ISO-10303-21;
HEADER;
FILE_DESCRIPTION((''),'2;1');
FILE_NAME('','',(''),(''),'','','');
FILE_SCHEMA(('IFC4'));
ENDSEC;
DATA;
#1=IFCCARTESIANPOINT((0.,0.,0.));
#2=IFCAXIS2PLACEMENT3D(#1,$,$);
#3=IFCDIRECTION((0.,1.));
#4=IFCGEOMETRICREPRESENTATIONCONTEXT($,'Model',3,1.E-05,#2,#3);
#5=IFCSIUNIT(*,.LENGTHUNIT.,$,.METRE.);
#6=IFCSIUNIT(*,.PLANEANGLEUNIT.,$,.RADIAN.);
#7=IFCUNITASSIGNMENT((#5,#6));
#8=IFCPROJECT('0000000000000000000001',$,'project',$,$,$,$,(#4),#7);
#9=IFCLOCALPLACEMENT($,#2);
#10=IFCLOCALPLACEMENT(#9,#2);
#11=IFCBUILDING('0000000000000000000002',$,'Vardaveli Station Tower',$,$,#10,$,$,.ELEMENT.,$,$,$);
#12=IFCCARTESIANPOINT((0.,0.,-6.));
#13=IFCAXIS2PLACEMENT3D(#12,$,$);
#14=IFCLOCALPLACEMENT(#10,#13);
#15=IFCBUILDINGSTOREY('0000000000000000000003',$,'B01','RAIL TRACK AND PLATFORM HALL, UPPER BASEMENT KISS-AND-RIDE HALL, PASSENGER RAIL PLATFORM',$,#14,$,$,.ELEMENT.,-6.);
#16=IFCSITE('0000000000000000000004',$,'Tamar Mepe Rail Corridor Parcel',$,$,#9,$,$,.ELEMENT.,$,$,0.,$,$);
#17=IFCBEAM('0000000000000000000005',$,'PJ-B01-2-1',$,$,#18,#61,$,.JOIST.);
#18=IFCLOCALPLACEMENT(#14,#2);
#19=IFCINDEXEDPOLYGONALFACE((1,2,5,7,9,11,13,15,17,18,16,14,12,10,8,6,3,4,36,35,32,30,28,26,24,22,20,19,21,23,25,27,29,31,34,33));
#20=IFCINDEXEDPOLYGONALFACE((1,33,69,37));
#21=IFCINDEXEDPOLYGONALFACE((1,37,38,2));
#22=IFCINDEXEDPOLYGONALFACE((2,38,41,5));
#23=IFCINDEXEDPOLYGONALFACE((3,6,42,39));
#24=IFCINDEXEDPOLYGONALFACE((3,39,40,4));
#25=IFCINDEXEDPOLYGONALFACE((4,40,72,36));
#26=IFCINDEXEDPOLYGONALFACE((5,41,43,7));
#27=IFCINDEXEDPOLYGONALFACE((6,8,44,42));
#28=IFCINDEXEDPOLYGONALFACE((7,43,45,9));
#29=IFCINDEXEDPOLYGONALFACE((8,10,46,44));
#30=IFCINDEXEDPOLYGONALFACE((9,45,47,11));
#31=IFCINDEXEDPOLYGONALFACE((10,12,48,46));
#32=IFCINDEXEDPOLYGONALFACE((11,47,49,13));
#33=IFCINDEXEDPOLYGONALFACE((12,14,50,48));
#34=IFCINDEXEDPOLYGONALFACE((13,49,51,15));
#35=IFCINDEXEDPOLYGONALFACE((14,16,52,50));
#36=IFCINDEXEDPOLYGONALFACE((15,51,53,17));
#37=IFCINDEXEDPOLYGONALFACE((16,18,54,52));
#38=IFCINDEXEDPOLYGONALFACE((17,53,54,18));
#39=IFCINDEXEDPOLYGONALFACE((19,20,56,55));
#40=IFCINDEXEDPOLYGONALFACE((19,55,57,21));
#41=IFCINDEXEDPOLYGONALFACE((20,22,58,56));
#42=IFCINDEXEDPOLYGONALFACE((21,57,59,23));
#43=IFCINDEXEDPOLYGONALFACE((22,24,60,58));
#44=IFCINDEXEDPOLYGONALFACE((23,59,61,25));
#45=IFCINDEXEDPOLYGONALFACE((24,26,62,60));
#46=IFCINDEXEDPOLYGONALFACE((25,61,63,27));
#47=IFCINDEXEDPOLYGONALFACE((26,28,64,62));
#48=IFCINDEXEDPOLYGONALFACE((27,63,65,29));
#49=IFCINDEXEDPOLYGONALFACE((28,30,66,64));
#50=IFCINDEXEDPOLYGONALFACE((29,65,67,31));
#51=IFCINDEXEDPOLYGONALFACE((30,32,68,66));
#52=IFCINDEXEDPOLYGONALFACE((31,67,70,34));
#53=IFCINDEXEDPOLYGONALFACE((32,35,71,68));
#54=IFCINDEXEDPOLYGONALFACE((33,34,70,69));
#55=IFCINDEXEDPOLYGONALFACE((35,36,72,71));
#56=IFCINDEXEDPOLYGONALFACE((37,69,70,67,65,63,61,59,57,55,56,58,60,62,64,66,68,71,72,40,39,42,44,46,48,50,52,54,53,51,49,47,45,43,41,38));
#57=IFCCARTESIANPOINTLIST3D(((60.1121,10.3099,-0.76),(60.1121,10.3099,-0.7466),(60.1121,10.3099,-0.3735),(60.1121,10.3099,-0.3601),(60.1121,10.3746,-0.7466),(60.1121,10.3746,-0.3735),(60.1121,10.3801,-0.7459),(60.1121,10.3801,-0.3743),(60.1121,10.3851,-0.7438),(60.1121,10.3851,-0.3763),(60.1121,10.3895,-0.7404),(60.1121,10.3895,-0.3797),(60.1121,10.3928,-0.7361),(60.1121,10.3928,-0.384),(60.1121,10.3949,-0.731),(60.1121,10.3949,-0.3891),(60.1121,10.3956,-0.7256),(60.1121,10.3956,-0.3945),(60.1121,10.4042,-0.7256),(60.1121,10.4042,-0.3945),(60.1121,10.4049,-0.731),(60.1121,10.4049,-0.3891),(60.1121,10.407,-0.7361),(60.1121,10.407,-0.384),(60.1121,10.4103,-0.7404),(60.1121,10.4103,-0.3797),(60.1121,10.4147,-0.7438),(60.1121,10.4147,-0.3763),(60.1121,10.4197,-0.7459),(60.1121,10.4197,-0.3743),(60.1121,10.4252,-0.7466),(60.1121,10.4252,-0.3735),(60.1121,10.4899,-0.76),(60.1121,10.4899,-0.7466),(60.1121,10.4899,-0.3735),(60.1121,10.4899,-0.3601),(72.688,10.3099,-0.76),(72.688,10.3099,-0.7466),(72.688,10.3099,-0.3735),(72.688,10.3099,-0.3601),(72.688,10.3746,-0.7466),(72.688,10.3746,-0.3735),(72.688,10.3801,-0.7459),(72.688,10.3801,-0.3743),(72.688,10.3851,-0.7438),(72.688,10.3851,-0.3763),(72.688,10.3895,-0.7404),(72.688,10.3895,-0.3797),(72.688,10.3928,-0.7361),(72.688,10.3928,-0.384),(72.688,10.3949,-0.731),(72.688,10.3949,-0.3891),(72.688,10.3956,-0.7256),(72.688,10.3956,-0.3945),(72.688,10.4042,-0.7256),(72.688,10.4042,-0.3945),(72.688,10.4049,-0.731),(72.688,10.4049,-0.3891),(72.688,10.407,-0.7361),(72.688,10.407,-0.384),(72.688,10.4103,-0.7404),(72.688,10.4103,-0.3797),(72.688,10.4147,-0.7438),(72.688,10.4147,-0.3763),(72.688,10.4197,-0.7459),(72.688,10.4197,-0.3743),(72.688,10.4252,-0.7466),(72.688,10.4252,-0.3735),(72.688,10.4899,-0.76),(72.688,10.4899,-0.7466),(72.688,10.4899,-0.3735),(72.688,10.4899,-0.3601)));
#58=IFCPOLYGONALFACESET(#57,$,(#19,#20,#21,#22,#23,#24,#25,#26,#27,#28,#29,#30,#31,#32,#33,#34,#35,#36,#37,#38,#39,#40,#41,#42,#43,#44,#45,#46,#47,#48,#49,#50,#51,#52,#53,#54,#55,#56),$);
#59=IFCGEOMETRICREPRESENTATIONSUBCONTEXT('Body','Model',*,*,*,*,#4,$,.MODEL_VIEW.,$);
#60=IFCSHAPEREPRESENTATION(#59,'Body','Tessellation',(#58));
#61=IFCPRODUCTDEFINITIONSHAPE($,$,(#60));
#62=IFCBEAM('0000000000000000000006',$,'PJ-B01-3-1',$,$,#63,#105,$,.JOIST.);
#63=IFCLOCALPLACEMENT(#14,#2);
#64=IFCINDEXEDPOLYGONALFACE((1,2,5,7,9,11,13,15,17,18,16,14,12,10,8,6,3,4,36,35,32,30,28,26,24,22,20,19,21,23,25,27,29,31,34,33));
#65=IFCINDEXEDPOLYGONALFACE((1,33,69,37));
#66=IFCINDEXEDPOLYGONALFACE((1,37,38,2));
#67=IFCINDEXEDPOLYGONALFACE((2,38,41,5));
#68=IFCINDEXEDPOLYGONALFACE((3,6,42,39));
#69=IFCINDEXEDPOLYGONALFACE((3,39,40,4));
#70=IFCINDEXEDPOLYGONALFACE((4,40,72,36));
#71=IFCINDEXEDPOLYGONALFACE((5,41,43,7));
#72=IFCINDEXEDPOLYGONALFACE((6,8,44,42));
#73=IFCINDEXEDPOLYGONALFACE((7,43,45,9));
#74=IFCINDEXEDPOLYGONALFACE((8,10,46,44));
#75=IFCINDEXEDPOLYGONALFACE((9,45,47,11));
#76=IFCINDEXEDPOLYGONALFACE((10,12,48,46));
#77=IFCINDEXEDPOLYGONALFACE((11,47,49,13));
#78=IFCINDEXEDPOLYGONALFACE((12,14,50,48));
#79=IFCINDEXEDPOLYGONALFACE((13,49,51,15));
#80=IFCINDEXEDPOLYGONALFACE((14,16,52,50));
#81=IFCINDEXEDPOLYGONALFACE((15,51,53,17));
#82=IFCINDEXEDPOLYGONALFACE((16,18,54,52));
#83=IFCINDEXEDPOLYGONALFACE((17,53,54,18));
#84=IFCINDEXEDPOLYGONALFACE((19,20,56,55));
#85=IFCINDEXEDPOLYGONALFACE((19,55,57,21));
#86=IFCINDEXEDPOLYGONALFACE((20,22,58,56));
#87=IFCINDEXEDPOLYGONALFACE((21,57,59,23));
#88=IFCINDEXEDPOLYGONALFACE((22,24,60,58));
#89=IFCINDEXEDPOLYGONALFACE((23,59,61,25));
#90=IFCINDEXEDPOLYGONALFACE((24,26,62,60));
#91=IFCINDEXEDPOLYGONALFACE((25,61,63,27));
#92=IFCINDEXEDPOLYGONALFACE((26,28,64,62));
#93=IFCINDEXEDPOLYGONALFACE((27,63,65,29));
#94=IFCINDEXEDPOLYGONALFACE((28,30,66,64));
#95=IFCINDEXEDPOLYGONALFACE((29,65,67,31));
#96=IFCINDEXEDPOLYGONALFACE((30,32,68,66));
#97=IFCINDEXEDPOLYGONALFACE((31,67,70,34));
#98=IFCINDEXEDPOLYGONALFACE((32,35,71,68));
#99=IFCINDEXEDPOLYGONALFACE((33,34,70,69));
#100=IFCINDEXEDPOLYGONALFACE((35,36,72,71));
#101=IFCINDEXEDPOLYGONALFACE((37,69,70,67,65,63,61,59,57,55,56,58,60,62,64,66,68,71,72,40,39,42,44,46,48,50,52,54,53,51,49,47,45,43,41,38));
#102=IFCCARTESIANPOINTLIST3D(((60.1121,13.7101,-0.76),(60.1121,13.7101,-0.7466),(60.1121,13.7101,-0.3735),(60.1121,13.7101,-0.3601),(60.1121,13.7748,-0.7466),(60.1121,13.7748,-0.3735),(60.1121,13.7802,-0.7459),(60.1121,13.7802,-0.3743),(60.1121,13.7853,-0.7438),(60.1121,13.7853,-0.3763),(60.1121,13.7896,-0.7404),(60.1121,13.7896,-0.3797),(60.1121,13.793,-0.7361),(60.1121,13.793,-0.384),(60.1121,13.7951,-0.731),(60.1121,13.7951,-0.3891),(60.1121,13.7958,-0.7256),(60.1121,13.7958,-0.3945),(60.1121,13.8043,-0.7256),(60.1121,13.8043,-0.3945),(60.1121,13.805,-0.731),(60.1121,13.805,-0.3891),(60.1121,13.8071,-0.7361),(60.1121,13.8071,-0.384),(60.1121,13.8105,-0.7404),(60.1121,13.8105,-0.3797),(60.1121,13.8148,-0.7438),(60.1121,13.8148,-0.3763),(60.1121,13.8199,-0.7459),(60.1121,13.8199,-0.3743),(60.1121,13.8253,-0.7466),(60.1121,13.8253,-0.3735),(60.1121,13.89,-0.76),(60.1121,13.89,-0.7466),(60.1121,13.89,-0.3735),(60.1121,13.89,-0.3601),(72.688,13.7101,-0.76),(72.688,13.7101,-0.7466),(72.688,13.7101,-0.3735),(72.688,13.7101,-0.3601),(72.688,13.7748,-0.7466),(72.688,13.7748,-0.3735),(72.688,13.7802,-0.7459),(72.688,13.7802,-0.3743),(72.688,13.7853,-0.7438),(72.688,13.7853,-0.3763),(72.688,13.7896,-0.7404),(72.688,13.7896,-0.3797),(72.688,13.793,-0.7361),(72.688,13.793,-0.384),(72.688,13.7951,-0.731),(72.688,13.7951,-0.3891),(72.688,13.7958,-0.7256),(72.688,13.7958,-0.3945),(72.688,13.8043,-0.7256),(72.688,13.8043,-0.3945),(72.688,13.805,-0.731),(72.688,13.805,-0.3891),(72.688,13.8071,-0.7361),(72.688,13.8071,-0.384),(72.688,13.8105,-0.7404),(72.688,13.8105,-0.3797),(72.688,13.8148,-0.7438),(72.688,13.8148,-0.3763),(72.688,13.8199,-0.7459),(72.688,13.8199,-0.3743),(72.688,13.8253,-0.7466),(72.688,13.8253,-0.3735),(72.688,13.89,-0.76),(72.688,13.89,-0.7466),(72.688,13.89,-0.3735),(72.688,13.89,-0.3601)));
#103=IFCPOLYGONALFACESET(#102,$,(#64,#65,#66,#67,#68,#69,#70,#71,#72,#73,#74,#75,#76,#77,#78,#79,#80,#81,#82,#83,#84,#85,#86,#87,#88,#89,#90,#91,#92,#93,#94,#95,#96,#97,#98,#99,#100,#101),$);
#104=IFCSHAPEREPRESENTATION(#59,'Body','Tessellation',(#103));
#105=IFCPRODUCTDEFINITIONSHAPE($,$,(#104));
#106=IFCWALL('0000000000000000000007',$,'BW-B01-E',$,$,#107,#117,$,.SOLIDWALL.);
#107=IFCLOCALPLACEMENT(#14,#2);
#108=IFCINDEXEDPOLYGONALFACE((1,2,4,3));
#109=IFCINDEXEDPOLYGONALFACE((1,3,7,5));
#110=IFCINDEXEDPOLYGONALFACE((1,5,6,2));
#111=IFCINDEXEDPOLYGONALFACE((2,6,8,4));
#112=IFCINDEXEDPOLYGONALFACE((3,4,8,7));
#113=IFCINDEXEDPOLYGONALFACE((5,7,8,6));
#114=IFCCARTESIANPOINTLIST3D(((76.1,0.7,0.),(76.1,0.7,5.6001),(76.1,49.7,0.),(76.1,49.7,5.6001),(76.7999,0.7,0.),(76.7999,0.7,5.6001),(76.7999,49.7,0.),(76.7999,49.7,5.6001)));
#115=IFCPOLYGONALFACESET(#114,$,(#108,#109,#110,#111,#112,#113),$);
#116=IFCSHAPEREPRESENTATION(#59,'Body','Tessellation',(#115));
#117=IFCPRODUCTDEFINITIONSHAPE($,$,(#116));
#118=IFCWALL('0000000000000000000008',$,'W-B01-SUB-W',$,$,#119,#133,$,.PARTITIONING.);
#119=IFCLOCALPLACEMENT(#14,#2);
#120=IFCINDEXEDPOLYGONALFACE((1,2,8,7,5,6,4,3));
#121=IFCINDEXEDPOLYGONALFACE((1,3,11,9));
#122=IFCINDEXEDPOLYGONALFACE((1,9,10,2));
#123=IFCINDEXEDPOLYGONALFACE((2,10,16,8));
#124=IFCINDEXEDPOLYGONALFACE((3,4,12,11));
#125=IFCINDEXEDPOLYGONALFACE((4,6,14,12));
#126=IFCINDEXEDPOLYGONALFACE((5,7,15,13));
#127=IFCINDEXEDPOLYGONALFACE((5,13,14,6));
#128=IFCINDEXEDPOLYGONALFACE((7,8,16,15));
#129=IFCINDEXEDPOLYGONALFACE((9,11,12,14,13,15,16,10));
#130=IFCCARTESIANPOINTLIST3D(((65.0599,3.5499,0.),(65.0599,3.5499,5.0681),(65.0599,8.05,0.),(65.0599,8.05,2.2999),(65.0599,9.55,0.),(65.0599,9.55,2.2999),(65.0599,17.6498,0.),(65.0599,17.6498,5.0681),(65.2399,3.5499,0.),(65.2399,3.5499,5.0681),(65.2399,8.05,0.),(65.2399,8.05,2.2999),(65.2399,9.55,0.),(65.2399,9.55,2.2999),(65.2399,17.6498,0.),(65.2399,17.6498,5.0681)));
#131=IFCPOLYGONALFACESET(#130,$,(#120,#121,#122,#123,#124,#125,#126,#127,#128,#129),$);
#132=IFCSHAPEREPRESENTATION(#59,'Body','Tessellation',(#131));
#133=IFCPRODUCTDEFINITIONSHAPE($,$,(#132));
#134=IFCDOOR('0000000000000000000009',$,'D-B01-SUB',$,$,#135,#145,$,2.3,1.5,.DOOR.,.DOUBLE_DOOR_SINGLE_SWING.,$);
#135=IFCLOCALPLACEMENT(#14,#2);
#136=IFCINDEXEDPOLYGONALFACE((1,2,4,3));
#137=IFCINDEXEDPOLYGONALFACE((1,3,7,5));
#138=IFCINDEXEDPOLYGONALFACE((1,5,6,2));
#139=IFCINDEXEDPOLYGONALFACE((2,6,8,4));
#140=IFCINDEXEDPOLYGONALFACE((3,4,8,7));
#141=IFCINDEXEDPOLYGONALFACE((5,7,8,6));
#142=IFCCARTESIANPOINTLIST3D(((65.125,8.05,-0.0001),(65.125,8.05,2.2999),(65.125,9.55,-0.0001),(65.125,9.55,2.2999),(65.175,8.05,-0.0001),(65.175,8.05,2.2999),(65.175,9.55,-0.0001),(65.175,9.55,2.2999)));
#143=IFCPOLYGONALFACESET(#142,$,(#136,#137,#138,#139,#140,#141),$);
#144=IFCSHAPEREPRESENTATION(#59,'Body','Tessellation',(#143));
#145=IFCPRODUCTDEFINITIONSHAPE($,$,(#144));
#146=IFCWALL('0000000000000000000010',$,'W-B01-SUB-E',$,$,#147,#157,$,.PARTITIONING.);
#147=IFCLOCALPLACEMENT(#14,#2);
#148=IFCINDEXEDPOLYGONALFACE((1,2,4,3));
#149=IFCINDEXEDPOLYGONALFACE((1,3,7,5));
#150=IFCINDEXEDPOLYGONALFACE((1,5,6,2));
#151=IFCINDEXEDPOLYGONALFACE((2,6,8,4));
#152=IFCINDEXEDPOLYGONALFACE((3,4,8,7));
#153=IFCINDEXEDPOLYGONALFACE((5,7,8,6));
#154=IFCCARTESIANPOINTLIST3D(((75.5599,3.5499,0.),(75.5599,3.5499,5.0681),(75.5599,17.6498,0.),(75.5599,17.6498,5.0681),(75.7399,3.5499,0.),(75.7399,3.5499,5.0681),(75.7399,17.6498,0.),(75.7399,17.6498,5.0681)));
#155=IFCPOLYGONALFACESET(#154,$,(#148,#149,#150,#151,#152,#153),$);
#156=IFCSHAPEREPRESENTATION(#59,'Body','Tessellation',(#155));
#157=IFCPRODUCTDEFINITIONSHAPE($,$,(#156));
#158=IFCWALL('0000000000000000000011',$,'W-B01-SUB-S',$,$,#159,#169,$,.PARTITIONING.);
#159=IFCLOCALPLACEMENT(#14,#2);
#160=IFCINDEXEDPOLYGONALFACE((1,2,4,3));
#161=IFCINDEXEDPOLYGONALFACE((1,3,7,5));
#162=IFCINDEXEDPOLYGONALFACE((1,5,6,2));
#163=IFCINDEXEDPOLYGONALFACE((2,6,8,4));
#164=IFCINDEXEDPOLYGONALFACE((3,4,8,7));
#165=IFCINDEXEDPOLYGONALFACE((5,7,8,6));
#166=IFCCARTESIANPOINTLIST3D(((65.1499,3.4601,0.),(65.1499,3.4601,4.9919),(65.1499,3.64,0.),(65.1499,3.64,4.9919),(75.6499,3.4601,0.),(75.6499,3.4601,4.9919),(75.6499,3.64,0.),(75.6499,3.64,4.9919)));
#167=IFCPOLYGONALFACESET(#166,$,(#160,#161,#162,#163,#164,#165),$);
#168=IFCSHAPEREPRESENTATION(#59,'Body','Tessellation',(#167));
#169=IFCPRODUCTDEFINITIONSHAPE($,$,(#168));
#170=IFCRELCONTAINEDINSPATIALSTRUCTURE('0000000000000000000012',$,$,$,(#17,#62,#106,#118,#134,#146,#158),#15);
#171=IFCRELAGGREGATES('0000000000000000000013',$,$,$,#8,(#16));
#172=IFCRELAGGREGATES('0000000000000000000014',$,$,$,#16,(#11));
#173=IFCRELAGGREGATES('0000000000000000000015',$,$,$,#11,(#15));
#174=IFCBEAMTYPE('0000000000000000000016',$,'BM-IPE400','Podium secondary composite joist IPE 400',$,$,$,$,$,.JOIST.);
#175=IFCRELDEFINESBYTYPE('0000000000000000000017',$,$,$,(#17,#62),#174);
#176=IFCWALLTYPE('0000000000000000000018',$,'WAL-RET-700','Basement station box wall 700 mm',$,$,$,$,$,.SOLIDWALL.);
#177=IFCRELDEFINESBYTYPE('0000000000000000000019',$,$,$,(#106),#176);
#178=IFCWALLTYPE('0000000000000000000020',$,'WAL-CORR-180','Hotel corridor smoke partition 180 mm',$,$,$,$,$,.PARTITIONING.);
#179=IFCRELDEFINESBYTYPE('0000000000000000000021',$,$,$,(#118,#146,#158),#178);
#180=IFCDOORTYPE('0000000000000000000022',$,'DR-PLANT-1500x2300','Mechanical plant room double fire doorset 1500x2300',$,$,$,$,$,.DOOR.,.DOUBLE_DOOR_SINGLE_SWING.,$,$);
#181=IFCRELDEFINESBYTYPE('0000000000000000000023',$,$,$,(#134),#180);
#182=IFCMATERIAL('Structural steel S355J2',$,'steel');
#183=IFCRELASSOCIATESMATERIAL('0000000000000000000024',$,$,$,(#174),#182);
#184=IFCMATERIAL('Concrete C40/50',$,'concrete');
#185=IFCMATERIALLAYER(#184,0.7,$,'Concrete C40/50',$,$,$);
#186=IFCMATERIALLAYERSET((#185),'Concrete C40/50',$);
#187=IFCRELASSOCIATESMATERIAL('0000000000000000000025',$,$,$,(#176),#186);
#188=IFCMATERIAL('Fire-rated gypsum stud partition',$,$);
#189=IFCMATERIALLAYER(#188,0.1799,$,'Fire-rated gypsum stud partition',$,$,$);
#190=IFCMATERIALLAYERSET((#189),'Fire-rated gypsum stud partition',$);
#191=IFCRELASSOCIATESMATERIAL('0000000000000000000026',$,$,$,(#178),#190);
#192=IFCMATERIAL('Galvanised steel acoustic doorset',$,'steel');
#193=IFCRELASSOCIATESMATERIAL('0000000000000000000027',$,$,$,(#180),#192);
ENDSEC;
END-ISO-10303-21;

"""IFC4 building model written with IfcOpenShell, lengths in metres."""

from ifc_helpers import new_model, si_unit, direction, frame, frame_2d, origin, origin_2d, place, context, subcontext, project, spatial, rectangle, i_section, extrude, source, transform, mapped, material, layer, layer_set, material_profile, profile_set, type_object, element, fill, save


model = new_model("IFC4")

# Units and contexts
model_context = context("Model", 3, precision=1e-05, world=origin(), true_north=direction((0.0, 1.0)))
body_context = subcontext(model_context, "Body", "Model", "MODEL_VIEW")
ifc_project = project(units=[si_unit("LENGTHUNIT", "METRE"), si_unit("PLANEANGLEUNIT", "RADIAN")], contexts=[model_context])

# Site, building, storey
site_placement = place(None, origin())
site = spatial("IfcSite", under=ifc_project, at=site_placement, Name="Tamar Mepe Rail Corridor Parcel", CompositionType="ELEMENT", RefElevation=0.0)
building_placement = place(site_placement, origin())
building = spatial("IfcBuilding", under=site, at=building_placement, Name="Vardaveli Station Tower", CompositionType="ELEMENT")
storey_placement = place(building_placement, frame((0.0, 0.0, -6.0)))
storey = spatial("IfcBuildingStorey", under=building, at=storey_placement, Name="B01", Description="RAIL TRACK AND PLATFORM HALL, UPPER BASEMENT KISS-AND-RIDE HALL, PASSENGER RAIL PLATFORM", CompositionType="ELEMENT", Elevation=-6.0)

# Beams
ifc_material_1 = material(Name="Structural steel S355J2", Category="steel")
ifc_material_profile_1 = material_profile(ifc_material_1, i_section(OverallWidth=0.1799, OverallDepth=0.3999, WebThickness=0.0085, FlangeThickness=0.0134, FilletRadius=0.021, at=origin_2d()), Name="IPE 400")
ifc_profile_set_1 = profile_set([ifc_material_profile_1], Name="Structural steel S355J2")
beam_type_1 = type_object("IfcBeamType", Name="BM-IPE400", Description="Podium secondary composite joist IPE 400", PredefinedType="JOIST", material=ifc_profile_set_1)
shared_shape_1 = source(origin(), body_context, "Body", "SweptSolid", [
    extrude(i_section(OverallWidth=0.1799, OverallDepth=0.3999, WebThickness=0.0085, FlangeThickness=0.0134, FilletRadius=0.021, at=origin_2d()), origin(), (0.0, 0.0, 1.0), 12.5759),
])
for number, where, z_axis, x_axis, name in (
    (1, (60.1121, 10.3999, -0.5601), (1.0, 0.0, 0.0), (0.0, 1.0, 0.0), "PJ-B01-2-1"),
    (2, (60.1121, 13.8, -0.5601), (1.0, 0.0, 0.0), (0.0, 1.0, 0.0), "PJ-B01-3-1"),
):
    element("IfcBeam", number, at=place(storey_placement, frame(where, z_axis=z_axis, x_axis=x_axis)), inside=storey, type_object=beam_type_1, Name=name, PredefinedType="JOIST", context=body_context, shape_type="MappedRepresentation", body=[
        mapped(shared_shape_1, transform((0.0, 0.0, 0.0), scale=1.0)),
    ])

# Wall
ifc_material_2 = material(Name="Concrete C40/50", Category="concrete")
ifc_layer_1 = layer(ifc_material_2, 0.7, Name="Concrete C40/50")
ifc_layer_set_1 = layer_set([ifc_layer_1], Name="Concrete C40/50")
wall_type_1 = type_object("IfcWallType", Name="WAL-RET-700", Description="Basement station box wall 700 mm", PredefinedType="SOLIDWALL", material=ifc_layer_set_1)
shared_shape_2 = source(origin(), body_context, "Body", "SweptSolid", [
    extrude(rectangle(XDim=49.0, YDim=0.7, at=frame_2d((24.5, 0.0))), origin(), (0.0, 0.0, 1.0), 5.6001),
])
wall_1_placement = place(storey_placement, frame((76.45, 0.7, 0.0), z_axis=(0.0, 0.0, 1.0), x_axis=(0.0, 1.0, 0.0)))
element("IfcWall", 3, at=wall_1_placement, inside=storey, type_object=wall_type_1, Name="BW-B01-E", PredefinedType="SOLIDWALL", context=body_context, shape_type="MappedRepresentation", body=[
    mapped(shared_shape_2, transform((0.0, 0.0, 0.0), scale=1.0)),
])

# Wall, opening, door
ifc_material_3 = material(Name="Fire-rated gypsum stud partition")
ifc_layer_2 = layer(ifc_material_3, 0.1799, Name="Fire-rated gypsum stud partition")
ifc_layer_set_2 = layer_set([ifc_layer_2], Name="Fire-rated gypsum stud partition")
wall_type_2 = type_object("IfcWallType", Name="WAL-CORR-180", Description="Hotel corridor smoke partition 180 mm", PredefinedType="PARTITIONING", material=ifc_layer_set_2)
shared_shape_3 = source(origin(), body_context, "Body", "SweptSolid", [
    extrude(rectangle(XDim=14.0999, YDim=0.1799, at=frame_2d((7.0498, 0.0))), origin(), (0.0, 0.0, 1.0), 5.0681),
])
wall_2_placement = place(storey_placement, frame((65.1499, 3.55, 0.0), z_axis=(0.0, 0.0, 1.0), x_axis=(0.0, 1.0, 0.0)))
wall_2 = element("IfcWall", 4, at=wall_2_placement, inside=storey, type_object=wall_type_2, Name="W-B01-SUB-W", PredefinedType="PARTITIONING", context=body_context, shape_type="MappedRepresentation", body=[
    mapped(shared_shape_3, transform((0.0, 0.0, 0.0), scale=1.0)),
])
shared_shape_4 = source(origin(), body_context, "Body", "SweptSolid", [
    extrude(rectangle(XDim=1.5, YDim=2.3, at=frame_2d((0.75, 1.1499))), frame((0.0, 0.1001, 0.0), z_axis=(0.0, -1.0, 0.0), x_axis=(1.0, 0.0, 0.0)), (0.0, 0.0, 1.0), 0.2),
])
opening_placement = place(wall_2_placement, frame((4.5, 0.0, 0.0)))
opening = element("IfcOpeningElement", 5, at=opening_placement, cuts=wall_2, PredefinedType="OPENING", context=body_context, shape_type="MappedRepresentation", body=[
    mapped(shared_shape_4, transform((0.0, 0.0, 0.0), scale=1.0)),
])
ifc_material_4 = material(Name="Galvanised steel acoustic doorset", Category="steel")
door_type = type_object("IfcDoorType", Name="DR-PLANT-1500x2300", Description="Mechanical plant room double fire doorset 1500x2300", OperationType="DOUBLE_DOOR_SINGLE_SWING", PredefinedType="DOOR", material=ifc_material_4)
shared_shape_5 = source(origin(), body_context, "Body", "SweptSolid", [
    extrude(rectangle(XDim=1.5, YDim=2.3, at=frame_2d((0.75, 1.1499))), frame((0.0, 0.0249, 0.0), z_axis=(0.0, -1.0, 0.0), x_axis=(1.0, 0.0, 0.0)), (0.0, 0.0, 1.0), 0.05),
])
door_placement = place(opening_placement, origin())
door = element("IfcDoor", 6, at=door_placement, inside=storey, type_object=door_type, Name="D-B01-SUB", OperationType="DOUBLE_DOOR_SINGLE_SWING", OverallHeight=2.3, OverallWidth=1.5, PredefinedType="DOOR", context=body_context, shape_type="MappedRepresentation", body=[
    mapped(shared_shape_5, transform((0.0, 0.0, 0.0), scale=1.0)),
])
fill(opening, door)

# Walls
wall_3_placement = place(storey_placement, frame((75.6499, 3.55, 0.0), z_axis=(0.0, 0.0, 1.0), x_axis=(0.0, 1.0, 0.0)))
element("IfcWall", 7, at=wall_3_placement, inside=storey, type_object=wall_type_2, Name="W-B01-SUB-E", PredefinedType="PARTITIONING", context=body_context, shape_type="MappedRepresentation", body=[
    mapped(shared_shape_3, transform((0.0, 0.0, 0.0), scale=1.0)),
])
shared_shape_6 = source(origin(), body_context, "Body", "SweptSolid", [
    extrude(rectangle(XDim=10.5, YDim=0.1799, at=frame_2d((5.25, 0.0))), origin(), (0.0, 0.0, 1.0), 4.9919),
])
wall_4_placement = place(storey_placement, frame((65.1499, 3.55, 0.0), z_axis=(0.0, 0.0, 1.0), x_axis=(1.0, 0.0, 0.0)))
element("IfcWall", 8, at=wall_4_placement, inside=storey, type_object=wall_type_2, Name="W-B01-SUB-S", PredefinedType="PARTITIONING", context=body_context, shape_type="MappedRepresentation", body=[
    mapped(shared_shape_6, transform((0.0, 0.0, 0.0), scale=1.0)),
])

save(model, "model.ifc")
